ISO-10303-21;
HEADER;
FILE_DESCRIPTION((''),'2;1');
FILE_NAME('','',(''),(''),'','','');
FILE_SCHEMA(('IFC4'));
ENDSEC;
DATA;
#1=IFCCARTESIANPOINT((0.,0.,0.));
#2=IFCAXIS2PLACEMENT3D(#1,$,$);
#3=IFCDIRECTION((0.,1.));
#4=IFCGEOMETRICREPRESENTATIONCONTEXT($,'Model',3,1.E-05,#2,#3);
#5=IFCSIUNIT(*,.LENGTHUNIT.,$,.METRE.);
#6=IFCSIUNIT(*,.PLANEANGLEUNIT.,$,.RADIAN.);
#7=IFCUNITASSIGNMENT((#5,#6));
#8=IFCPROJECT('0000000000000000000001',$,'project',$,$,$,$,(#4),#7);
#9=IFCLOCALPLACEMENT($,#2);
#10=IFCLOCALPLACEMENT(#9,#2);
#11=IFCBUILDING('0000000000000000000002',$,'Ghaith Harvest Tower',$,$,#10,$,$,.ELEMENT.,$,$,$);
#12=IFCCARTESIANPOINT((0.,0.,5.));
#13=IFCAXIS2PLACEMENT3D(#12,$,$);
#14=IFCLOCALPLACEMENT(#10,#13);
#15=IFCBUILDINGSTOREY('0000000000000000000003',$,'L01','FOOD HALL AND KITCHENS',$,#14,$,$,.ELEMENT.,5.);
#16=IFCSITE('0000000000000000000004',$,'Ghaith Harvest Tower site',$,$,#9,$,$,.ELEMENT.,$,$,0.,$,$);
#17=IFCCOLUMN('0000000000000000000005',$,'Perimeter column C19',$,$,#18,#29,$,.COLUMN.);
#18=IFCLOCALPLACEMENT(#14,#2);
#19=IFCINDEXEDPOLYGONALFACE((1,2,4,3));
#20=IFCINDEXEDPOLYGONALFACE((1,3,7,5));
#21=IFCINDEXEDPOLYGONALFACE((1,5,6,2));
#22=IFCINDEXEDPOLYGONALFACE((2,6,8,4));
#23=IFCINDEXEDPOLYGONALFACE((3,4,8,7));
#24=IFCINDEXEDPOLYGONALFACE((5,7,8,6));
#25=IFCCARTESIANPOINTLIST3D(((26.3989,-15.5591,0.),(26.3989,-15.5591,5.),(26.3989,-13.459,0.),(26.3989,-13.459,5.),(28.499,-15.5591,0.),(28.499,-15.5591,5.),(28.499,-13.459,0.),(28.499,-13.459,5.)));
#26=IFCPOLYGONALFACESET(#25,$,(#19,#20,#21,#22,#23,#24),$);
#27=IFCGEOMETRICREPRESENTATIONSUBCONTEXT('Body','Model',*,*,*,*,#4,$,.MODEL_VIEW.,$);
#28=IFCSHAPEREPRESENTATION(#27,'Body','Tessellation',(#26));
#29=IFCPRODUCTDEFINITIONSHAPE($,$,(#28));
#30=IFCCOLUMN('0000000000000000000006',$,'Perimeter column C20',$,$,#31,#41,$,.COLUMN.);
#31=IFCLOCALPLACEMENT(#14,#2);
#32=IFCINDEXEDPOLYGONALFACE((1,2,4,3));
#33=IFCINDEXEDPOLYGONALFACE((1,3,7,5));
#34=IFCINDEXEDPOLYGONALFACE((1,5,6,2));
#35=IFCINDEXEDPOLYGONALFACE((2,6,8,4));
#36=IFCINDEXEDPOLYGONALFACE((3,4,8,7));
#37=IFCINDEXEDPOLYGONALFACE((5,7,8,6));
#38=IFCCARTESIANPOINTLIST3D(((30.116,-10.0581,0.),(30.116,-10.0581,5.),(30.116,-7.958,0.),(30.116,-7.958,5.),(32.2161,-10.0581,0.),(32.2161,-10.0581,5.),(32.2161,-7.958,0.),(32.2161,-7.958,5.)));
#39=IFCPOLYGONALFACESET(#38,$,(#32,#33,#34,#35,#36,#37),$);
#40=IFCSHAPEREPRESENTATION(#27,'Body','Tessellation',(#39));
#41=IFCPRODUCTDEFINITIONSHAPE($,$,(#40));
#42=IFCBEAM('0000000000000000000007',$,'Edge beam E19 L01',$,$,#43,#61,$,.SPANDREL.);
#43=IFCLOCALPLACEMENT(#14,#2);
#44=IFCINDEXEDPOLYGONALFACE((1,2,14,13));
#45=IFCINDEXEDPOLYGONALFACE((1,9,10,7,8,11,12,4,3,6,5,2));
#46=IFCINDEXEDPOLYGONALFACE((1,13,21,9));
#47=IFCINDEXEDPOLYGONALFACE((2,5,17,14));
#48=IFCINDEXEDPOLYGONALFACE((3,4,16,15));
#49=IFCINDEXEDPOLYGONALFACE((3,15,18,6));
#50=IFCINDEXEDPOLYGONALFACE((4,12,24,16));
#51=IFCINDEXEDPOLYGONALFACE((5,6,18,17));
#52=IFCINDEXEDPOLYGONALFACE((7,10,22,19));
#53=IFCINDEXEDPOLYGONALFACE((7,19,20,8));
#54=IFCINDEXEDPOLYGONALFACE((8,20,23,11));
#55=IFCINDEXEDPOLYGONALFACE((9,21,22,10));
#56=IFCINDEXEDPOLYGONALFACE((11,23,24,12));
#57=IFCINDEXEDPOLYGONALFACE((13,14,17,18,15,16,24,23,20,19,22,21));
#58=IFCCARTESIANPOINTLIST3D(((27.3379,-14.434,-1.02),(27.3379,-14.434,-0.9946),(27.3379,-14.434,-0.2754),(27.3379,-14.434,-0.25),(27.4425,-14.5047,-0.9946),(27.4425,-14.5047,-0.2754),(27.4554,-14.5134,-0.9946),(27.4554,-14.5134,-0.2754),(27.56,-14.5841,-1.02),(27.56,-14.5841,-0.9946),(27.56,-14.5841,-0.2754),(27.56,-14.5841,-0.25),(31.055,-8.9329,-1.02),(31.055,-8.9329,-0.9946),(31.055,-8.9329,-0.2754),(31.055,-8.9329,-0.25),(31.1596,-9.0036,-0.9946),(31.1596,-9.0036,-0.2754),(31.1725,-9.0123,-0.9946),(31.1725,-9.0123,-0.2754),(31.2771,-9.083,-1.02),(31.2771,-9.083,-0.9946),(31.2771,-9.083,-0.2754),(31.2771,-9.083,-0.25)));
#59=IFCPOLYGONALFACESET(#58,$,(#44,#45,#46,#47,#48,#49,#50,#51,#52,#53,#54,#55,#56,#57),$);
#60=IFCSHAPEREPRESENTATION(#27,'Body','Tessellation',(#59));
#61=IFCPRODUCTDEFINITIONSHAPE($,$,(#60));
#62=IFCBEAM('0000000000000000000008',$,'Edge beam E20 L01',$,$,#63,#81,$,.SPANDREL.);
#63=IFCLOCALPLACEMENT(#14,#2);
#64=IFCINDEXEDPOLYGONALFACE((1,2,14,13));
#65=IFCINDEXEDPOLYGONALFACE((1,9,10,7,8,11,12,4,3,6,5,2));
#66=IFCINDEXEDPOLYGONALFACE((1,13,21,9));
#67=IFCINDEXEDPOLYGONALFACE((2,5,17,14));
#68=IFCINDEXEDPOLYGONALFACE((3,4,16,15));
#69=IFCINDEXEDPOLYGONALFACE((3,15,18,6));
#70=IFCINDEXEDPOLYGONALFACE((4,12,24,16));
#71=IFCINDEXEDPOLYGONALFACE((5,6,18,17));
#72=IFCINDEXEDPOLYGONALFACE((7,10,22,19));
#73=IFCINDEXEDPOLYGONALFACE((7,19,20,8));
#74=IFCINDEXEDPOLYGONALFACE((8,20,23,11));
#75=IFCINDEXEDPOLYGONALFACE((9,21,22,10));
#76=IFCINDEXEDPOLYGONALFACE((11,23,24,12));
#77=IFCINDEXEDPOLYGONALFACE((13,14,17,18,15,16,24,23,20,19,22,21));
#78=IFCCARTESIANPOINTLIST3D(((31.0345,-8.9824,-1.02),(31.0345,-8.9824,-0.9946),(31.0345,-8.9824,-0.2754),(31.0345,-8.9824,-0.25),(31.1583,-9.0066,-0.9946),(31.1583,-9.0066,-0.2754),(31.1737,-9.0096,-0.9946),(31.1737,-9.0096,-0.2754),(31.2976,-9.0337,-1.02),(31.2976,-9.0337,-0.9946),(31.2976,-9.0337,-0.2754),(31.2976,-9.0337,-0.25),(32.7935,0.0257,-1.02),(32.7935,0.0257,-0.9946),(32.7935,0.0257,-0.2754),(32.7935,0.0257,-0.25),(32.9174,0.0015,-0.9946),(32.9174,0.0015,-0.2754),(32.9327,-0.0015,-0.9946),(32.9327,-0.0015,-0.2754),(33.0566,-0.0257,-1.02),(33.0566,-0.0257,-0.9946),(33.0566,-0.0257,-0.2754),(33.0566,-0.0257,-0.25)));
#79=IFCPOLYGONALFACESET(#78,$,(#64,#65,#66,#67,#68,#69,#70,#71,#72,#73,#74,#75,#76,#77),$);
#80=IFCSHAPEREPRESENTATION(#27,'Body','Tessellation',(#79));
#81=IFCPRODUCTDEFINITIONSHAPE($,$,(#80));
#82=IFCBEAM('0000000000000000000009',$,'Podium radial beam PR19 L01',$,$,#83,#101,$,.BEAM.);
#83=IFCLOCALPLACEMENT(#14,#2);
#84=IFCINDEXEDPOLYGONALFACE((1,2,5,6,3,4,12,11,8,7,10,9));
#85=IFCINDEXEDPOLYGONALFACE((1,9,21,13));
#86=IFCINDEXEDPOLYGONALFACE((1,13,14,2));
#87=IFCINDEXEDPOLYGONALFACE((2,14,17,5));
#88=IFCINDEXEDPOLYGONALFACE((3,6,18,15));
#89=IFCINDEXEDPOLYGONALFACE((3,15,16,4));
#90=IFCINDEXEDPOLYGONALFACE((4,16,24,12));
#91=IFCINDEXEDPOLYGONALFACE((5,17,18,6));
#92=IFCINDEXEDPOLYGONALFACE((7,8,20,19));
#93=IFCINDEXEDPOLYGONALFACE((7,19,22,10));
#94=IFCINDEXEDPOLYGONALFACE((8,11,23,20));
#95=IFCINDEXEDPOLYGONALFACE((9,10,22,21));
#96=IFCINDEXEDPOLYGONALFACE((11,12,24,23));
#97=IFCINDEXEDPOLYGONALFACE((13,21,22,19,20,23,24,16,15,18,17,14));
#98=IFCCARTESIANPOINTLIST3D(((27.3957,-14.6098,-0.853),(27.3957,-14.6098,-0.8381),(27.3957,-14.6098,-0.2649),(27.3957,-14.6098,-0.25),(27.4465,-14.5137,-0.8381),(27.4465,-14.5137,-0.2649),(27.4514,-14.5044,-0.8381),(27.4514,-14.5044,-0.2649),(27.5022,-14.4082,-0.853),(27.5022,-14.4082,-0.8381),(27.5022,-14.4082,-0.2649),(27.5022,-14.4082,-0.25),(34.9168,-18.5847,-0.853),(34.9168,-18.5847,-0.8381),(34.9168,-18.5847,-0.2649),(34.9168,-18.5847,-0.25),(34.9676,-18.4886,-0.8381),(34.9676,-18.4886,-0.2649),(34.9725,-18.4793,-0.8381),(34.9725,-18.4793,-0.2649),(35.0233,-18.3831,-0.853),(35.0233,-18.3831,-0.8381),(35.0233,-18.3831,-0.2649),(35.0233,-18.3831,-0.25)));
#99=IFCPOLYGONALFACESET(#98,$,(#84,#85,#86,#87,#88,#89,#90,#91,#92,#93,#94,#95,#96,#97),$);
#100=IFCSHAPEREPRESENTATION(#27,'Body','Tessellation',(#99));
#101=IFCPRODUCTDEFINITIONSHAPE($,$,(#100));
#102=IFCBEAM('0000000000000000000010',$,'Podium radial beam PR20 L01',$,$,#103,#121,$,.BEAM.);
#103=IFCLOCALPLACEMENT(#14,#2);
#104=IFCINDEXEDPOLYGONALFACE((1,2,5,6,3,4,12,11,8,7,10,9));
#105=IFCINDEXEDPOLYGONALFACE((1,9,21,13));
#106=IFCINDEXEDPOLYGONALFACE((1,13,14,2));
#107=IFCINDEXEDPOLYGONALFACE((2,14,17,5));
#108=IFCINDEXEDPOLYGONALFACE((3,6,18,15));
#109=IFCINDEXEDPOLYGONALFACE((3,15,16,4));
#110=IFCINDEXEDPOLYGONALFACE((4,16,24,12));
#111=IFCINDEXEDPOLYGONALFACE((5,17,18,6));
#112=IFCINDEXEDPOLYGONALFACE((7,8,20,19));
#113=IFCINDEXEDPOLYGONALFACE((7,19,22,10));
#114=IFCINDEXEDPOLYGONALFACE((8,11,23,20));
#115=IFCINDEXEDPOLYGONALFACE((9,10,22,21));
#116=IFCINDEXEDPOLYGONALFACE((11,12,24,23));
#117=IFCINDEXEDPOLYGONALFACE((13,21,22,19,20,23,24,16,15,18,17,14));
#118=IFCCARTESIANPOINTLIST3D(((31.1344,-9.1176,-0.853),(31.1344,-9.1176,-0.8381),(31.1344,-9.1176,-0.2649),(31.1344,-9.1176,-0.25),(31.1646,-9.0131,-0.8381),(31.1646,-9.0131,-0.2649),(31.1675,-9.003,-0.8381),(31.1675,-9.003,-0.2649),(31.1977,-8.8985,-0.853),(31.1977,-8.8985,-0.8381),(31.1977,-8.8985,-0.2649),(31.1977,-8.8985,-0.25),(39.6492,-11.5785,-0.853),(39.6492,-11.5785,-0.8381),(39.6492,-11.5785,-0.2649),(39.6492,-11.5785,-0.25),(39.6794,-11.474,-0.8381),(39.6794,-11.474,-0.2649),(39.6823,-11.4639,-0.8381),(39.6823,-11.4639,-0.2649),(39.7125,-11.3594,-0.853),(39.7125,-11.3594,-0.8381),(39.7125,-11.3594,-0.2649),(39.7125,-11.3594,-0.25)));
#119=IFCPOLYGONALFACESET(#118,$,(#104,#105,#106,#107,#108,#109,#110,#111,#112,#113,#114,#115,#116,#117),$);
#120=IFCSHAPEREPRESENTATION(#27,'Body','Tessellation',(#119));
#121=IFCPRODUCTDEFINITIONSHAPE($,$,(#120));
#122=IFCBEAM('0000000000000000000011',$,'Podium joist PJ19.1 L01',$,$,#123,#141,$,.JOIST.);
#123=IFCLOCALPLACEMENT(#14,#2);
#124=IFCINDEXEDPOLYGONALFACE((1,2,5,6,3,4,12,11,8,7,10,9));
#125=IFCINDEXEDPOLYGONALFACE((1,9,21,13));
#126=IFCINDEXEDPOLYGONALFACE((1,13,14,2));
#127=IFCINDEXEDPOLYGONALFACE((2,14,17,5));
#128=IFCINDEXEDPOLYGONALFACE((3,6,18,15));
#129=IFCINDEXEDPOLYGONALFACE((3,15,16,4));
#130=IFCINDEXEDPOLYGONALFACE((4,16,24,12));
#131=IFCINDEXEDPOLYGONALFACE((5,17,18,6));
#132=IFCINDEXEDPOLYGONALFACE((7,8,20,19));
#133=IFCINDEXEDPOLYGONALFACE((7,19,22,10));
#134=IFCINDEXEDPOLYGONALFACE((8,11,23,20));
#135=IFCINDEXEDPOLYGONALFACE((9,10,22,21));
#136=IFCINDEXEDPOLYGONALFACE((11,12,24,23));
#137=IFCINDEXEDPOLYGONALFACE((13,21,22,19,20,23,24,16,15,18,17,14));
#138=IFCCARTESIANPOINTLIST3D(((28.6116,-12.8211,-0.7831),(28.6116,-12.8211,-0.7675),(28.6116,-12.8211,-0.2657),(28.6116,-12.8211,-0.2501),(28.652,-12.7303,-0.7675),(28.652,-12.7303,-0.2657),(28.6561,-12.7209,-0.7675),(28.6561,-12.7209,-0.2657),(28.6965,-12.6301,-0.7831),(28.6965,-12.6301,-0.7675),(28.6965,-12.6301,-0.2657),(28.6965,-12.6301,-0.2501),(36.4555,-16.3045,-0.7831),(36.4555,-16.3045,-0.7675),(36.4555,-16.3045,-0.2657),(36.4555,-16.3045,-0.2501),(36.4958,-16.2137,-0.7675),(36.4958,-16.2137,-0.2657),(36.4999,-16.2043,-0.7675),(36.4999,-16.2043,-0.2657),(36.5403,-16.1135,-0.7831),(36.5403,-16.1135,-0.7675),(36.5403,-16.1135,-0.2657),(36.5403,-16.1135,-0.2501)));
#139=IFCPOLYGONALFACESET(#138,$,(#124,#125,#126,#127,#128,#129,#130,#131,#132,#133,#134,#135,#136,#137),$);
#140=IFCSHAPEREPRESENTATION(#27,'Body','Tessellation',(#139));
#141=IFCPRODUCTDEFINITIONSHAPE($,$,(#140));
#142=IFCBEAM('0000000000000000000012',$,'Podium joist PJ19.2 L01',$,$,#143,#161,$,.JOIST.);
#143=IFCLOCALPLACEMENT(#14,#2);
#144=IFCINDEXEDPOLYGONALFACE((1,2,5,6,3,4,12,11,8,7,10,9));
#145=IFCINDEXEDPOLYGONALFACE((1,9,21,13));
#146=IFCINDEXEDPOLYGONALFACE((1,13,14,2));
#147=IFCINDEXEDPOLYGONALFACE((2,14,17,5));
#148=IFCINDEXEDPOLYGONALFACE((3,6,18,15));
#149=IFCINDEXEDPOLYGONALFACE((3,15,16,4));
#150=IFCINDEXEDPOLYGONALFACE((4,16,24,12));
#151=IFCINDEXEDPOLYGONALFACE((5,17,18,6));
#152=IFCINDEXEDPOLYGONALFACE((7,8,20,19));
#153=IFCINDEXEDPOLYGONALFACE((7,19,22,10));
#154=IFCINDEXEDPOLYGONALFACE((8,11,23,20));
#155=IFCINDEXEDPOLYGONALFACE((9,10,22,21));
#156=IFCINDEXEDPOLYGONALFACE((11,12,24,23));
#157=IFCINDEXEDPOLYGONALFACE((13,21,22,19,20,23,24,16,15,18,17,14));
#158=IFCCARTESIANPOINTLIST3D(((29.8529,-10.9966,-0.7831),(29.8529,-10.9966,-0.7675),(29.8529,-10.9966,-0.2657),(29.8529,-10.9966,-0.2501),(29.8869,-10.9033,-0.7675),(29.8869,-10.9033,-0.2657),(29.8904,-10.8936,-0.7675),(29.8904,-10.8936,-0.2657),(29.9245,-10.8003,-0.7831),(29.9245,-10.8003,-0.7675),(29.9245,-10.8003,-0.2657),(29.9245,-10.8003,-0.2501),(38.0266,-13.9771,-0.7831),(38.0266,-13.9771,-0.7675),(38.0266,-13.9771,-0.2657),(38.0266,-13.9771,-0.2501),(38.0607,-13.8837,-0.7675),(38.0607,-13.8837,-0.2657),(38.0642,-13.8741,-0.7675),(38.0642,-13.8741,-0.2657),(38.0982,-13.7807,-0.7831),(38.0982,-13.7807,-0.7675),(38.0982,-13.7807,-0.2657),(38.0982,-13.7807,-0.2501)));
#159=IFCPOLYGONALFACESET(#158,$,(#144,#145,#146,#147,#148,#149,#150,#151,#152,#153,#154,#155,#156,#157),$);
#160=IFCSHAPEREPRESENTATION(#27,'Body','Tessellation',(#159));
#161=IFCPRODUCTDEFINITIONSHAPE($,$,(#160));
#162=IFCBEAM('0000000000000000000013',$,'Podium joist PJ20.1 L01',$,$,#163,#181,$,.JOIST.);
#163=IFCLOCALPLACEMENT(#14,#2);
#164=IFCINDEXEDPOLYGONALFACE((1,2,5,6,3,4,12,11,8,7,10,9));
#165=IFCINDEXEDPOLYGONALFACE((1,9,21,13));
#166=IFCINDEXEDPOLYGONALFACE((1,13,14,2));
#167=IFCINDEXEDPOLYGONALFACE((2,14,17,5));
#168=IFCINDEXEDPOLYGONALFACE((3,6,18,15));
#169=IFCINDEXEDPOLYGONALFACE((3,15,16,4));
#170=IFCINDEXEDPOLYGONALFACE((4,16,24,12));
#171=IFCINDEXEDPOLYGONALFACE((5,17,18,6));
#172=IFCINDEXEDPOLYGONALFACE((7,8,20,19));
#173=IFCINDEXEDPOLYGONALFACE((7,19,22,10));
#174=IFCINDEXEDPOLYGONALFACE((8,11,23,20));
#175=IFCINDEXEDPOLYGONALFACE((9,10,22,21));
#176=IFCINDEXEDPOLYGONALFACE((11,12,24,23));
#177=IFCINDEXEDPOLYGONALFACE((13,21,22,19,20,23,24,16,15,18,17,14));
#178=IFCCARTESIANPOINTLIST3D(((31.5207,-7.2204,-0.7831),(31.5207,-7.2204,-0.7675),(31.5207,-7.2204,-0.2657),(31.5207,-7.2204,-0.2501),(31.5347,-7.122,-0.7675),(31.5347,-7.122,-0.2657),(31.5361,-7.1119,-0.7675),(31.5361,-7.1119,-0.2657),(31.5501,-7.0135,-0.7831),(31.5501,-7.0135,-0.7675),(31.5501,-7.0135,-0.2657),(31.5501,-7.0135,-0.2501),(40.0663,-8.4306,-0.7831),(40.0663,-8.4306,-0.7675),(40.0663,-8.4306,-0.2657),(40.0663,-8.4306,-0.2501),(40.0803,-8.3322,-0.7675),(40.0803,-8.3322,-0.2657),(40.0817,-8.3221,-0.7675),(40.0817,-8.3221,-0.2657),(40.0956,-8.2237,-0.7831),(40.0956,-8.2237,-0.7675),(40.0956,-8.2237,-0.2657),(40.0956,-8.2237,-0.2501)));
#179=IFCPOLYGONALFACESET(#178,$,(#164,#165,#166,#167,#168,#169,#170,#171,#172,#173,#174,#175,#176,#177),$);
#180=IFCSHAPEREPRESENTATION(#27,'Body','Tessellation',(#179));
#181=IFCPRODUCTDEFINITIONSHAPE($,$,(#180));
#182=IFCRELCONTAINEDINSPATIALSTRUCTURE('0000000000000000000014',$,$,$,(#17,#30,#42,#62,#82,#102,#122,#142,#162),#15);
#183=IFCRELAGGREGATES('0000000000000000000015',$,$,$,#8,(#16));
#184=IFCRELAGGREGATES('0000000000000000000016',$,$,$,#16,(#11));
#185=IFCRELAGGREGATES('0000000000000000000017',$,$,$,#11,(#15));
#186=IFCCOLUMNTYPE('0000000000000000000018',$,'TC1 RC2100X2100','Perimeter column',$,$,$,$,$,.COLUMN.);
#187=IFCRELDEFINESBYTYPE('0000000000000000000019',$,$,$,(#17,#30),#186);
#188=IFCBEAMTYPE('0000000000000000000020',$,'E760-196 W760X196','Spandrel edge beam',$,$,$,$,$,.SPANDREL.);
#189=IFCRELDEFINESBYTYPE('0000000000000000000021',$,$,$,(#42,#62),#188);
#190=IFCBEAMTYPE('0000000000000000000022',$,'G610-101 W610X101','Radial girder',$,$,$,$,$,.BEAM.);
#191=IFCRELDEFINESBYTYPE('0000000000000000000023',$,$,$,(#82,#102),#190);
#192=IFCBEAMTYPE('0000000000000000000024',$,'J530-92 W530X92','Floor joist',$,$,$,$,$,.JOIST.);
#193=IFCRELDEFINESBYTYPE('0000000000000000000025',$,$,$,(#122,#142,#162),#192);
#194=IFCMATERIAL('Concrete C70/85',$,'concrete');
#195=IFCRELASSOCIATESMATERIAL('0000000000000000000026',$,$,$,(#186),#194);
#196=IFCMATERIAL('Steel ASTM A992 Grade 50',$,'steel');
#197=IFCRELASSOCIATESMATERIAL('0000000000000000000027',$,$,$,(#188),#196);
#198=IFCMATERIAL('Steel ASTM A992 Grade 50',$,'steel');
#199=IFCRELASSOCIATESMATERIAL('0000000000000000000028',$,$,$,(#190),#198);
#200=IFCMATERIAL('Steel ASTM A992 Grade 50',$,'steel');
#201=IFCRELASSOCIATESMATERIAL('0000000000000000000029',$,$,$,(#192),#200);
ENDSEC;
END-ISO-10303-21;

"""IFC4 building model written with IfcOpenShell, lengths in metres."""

from ifc_helpers import new_model, si_unit, direction, frame, origin, origin_2d, place, context, subcontext, project, spatial, rectangle, i_section, extrude, material, material_profile, profile_set, type_object, element, save


model = new_model("IFC4")

# Units and contexts
model_context = context("Model", 3, precision=1e-05, world=origin(), true_north=direction((0.0, 1.0)))
body_context = subcontext(model_context, "Body", "Model", "MODEL_VIEW")
ifc_project = project(units=[si_unit("LENGTHUNIT", "METRE"), si_unit("PLANEANGLEUNIT", "RADIAN")], contexts=[model_context])

# Site, building, storey
site_placement = place(None, origin())
site = spatial("IfcSite", under=ifc_project, at=site_placement, Name="Ghaith Harvest Tower site", CompositionType="ELEMENT", RefElevation=0.0)
building_placement = place(site_placement, origin())
building = spatial("IfcBuilding", under=site, at=building_placement, Name="Ghaith Harvest Tower", CompositionType="ELEMENT")
storey_placement = place(building_placement, frame((0.0, 0.0, 5.0)))
storey = spatial("IfcBuildingStorey", under=building, at=storey_placement, Name="L01", Description="FOOD HALL AND KITCHENS", CompositionType="ELEMENT", Elevation=5.0)

# Columns
ifc_material_1 = material(Name="Concrete C70/85", Category="concrete")
ifc_material_profile_1 = material_profile(ifc_material_1, rectangle(XDim=2.1001, YDim=2.1001, at=origin_2d()), Name="RC2100X2100")
ifc_profile_set_1 = profile_set([ifc_material_profile_1], Name="Concrete C70/85")
column_type = type_object("IfcColumnType", Name="TC1 RC2100X2100", Description="Perimeter column", PredefinedType="COLUMN", material=ifc_profile_set_1)
for number, where, z_axis, x_axis, name in (
    (1, (27.449, -14.509, 0.0), (0.0, 0.0, 1.0), (1.0, 0.0, 0.0), "Perimeter column C19"),
    (2, (31.166, -9.0081, 0.0), (0.0, 0.0, 1.0), (1.0, 0.0, 0.0), "Perimeter column C20"),
):
    element("IfcColumn", number, at=place(storey_placement, frame(where, z_axis=z_axis, x_axis=x_axis)), inside=storey, type_object=column_type, Name=name, PredefinedType="COLUMN", context=body_context, shape_type="SweptSolid", body=[
        extrude(rectangle(XDim=2.1001, YDim=2.1001, at=origin_2d()), origin(), (0.0, 0.0, 1.0), 5.0),
    ])

# Beams
ifc_material_2 = material(Name="Steel ASTM A992 Grade 50", Category="steel")
ifc_material_profile_2 = material_profile(ifc_material_2, i_section(OverallWidth=0.2681, OverallDepth=0.77, WebThickness=0.0156, FlangeThickness=0.0254, at=origin_2d()), Name="W760X196")
ifc_profile_set_2 = profile_set([ifc_material_profile_2], Name="Steel ASTM A992 Grade 50")
beam_type_1 = type_object("IfcBeamType", Name="E760-196 W760X196", Description="Spandrel edge beam", PredefinedType="SPANDREL", material=ifc_profile_set_2)
beam_1_placement = place(storey_placement, frame((27.449, -14.509, -0.635), z_axis=(0.559874, 0.828577, 0.0), x_axis=(-0.828577, 0.559874, 0.0)))
element("IfcBeam", 3, at=beam_1_placement, inside=storey, type_object=beam_type_1, Name="Edge beam E19 L01", PredefinedType="SPANDREL", context=body_context, shape_type="SweptSolid", body=[
    extrude(i_section(OverallWidth=0.2681, OverallDepth=0.77, WebThickness=0.0156, FlangeThickness=0.0254, at=origin_2d()), origin(), (0.0, 0.0, 1.0), 6.6392),
])
beam_2_placement = place(storey_placement, frame((31.166, -9.0081, -0.635), z_axis=(0.191653, 0.981463, 0.0), x_axis=(-0.981463, 0.191653, 0.0)))
element("IfcBeam", 4, at=beam_2_placement, inside=storey, type_object=beam_type_1, Name="Edge beam E20 L01", PredefinedType="SPANDREL", context=body_context, shape_type="SweptSolid", body=[
    extrude(i_section(OverallWidth=0.2681, OverallDepth=0.77, WebThickness=0.0156, FlangeThickness=0.0254, at=origin_2d()), origin(), (0.0, 0.0, 1.0), 9.1782),
])
ifc_material_3 = material(Name="Steel ASTM A992 Grade 50", Category="steel")
ifc_material_profile_3 = material_profile(ifc_material_3, i_section(OverallWidth=0.228, OverallDepth=0.603, WebThickness=0.0105, FlangeThickness=0.0149, at=origin_2d()), Name="W610X101")
ifc_profile_set_3 = profile_set([ifc_material_profile_3], Name="Steel ASTM A992 Grade 50")
beam_type_2 = type_object("IfcBeamType", Name="G610-101 W610X101", Description="Radial girder", PredefinedType="BEAM", material=ifc_profile_set_3)
beam_3_placement = place(storey_placement, frame((27.449, -14.509, -0.5515), z_axis=(0.884121, -0.467259, 0.0), x_axis=(0.467259, 0.884121, 0.0)))
element("IfcBeam", 5, at=beam_3_placement, inside=storey, type_object=beam_type_2, Name="Podium radial beam PR19 L01", PredefinedType="BEAM", context=body_context, shape_type="SweptSolid", body=[
    extrude(i_section(OverallWidth=0.228, OverallDepth=0.603, WebThickness=0.0105, FlangeThickness=0.0149, at=origin_2d()), origin(), (0.0, 0.0, 1.0), 8.5068),
])
beam_4_placement = place(storey_placement, frame((31.166, -9.0081, -0.5515), z_axis=(0.960682, -0.277652, 0.0), x_axis=(0.277652, 0.960682, 0.0)))
element("IfcBeam", 6, at=beam_4_placement, inside=storey, type_object=beam_type_2, Name="Podium radial beam PR20 L01", PredefinedType="BEAM", context=body_context, shape_type="SweptSolid", body=[
    extrude(i_section(OverallWidth=0.228, OverallDepth=0.603, WebThickness=0.0105, FlangeThickness=0.0149, at=origin_2d()), origin(), (0.0, 0.0, 1.0), 8.8633),
])
ifc_material_4 = material(Name="Steel ASTM A992 Grade 50", Category="steel")
ifc_material_profile_4 = material_profile(ifc_material_4, i_section(OverallWidth=0.209, OverallDepth=0.533, WebThickness=0.0103, FlangeThickness=0.0156, at=origin_2d()), Name="W530X92")
ifc_profile_set_4 = profile_set([ifc_material_profile_4], Name="Steel ASTM A992 Grade 50")
beam_type_3 = type_object("IfcBeamType", Name="J530-92 W530X92", Description="Floor joist", PredefinedType="JOIST", material=ifc_profile_set_4)
beam_5_placement = place(storey_placement, frame((28.6541, -12.7256, -0.5166), z_axis=(0.913929, -0.405875, 0.0), x_axis=(0.405875, 0.913929, 0.0)))
element("IfcBeam", 7, at=beam_5_placement, inside=storey, type_object=beam_type_3, Name="Podium joist PJ19.1 L01", PredefinedType="JOIST", context=body_context, shape_type="SweptSolid", body=[
    extrude(i_section(OverallWidth=0.209, OverallDepth=0.533, WebThickness=0.0103, FlangeThickness=0.0156, at=origin_2d()), origin(), (0.0, 0.0, 1.0), 8.5825),
])
beam_6_placement = place(storey_placement, frame((29.8887, -10.8984, -0.5166), z_axis=(0.939492, -0.342572, 0.0), x_axis=(0.342572, 0.939492, 0.0)))
element("IfcBeam", 8, at=beam_6_placement, inside=storey, type_object=beam_type_3, Name="Podium joist PJ19.2 L01", PredefinedType="JOIST", context=body_context, shape_type="SweptSolid", body=[
    extrude(i_section(OverallWidth=0.209, OverallDepth=0.533, WebThickness=0.0103, FlangeThickness=0.0156, at=origin_2d()), origin(), (0.0, 0.0, 1.0), 8.7002),
])
beam_7_placement = place(storey_placement, frame((31.5354, -7.1169, -0.5166), z_axis=(0.990121, -0.140217, 0.0), x_axis=(0.140217, 0.990121, 0.0)))
element("IfcBeam", 9, at=beam_7_placement, inside=storey, type_object=beam_type_3, Name="Podium joist PJ20.1 L01", PredefinedType="JOIST", context=body_context, shape_type="SweptSolid", body=[
    extrude(i_section(OverallWidth=0.209, OverallDepth=0.533, WebThickness=0.0103, FlangeThickness=0.0156, at=origin_2d()), origin(), (0.0, 0.0, 1.0), 8.6309),
])

save(model, "model.ifc")
